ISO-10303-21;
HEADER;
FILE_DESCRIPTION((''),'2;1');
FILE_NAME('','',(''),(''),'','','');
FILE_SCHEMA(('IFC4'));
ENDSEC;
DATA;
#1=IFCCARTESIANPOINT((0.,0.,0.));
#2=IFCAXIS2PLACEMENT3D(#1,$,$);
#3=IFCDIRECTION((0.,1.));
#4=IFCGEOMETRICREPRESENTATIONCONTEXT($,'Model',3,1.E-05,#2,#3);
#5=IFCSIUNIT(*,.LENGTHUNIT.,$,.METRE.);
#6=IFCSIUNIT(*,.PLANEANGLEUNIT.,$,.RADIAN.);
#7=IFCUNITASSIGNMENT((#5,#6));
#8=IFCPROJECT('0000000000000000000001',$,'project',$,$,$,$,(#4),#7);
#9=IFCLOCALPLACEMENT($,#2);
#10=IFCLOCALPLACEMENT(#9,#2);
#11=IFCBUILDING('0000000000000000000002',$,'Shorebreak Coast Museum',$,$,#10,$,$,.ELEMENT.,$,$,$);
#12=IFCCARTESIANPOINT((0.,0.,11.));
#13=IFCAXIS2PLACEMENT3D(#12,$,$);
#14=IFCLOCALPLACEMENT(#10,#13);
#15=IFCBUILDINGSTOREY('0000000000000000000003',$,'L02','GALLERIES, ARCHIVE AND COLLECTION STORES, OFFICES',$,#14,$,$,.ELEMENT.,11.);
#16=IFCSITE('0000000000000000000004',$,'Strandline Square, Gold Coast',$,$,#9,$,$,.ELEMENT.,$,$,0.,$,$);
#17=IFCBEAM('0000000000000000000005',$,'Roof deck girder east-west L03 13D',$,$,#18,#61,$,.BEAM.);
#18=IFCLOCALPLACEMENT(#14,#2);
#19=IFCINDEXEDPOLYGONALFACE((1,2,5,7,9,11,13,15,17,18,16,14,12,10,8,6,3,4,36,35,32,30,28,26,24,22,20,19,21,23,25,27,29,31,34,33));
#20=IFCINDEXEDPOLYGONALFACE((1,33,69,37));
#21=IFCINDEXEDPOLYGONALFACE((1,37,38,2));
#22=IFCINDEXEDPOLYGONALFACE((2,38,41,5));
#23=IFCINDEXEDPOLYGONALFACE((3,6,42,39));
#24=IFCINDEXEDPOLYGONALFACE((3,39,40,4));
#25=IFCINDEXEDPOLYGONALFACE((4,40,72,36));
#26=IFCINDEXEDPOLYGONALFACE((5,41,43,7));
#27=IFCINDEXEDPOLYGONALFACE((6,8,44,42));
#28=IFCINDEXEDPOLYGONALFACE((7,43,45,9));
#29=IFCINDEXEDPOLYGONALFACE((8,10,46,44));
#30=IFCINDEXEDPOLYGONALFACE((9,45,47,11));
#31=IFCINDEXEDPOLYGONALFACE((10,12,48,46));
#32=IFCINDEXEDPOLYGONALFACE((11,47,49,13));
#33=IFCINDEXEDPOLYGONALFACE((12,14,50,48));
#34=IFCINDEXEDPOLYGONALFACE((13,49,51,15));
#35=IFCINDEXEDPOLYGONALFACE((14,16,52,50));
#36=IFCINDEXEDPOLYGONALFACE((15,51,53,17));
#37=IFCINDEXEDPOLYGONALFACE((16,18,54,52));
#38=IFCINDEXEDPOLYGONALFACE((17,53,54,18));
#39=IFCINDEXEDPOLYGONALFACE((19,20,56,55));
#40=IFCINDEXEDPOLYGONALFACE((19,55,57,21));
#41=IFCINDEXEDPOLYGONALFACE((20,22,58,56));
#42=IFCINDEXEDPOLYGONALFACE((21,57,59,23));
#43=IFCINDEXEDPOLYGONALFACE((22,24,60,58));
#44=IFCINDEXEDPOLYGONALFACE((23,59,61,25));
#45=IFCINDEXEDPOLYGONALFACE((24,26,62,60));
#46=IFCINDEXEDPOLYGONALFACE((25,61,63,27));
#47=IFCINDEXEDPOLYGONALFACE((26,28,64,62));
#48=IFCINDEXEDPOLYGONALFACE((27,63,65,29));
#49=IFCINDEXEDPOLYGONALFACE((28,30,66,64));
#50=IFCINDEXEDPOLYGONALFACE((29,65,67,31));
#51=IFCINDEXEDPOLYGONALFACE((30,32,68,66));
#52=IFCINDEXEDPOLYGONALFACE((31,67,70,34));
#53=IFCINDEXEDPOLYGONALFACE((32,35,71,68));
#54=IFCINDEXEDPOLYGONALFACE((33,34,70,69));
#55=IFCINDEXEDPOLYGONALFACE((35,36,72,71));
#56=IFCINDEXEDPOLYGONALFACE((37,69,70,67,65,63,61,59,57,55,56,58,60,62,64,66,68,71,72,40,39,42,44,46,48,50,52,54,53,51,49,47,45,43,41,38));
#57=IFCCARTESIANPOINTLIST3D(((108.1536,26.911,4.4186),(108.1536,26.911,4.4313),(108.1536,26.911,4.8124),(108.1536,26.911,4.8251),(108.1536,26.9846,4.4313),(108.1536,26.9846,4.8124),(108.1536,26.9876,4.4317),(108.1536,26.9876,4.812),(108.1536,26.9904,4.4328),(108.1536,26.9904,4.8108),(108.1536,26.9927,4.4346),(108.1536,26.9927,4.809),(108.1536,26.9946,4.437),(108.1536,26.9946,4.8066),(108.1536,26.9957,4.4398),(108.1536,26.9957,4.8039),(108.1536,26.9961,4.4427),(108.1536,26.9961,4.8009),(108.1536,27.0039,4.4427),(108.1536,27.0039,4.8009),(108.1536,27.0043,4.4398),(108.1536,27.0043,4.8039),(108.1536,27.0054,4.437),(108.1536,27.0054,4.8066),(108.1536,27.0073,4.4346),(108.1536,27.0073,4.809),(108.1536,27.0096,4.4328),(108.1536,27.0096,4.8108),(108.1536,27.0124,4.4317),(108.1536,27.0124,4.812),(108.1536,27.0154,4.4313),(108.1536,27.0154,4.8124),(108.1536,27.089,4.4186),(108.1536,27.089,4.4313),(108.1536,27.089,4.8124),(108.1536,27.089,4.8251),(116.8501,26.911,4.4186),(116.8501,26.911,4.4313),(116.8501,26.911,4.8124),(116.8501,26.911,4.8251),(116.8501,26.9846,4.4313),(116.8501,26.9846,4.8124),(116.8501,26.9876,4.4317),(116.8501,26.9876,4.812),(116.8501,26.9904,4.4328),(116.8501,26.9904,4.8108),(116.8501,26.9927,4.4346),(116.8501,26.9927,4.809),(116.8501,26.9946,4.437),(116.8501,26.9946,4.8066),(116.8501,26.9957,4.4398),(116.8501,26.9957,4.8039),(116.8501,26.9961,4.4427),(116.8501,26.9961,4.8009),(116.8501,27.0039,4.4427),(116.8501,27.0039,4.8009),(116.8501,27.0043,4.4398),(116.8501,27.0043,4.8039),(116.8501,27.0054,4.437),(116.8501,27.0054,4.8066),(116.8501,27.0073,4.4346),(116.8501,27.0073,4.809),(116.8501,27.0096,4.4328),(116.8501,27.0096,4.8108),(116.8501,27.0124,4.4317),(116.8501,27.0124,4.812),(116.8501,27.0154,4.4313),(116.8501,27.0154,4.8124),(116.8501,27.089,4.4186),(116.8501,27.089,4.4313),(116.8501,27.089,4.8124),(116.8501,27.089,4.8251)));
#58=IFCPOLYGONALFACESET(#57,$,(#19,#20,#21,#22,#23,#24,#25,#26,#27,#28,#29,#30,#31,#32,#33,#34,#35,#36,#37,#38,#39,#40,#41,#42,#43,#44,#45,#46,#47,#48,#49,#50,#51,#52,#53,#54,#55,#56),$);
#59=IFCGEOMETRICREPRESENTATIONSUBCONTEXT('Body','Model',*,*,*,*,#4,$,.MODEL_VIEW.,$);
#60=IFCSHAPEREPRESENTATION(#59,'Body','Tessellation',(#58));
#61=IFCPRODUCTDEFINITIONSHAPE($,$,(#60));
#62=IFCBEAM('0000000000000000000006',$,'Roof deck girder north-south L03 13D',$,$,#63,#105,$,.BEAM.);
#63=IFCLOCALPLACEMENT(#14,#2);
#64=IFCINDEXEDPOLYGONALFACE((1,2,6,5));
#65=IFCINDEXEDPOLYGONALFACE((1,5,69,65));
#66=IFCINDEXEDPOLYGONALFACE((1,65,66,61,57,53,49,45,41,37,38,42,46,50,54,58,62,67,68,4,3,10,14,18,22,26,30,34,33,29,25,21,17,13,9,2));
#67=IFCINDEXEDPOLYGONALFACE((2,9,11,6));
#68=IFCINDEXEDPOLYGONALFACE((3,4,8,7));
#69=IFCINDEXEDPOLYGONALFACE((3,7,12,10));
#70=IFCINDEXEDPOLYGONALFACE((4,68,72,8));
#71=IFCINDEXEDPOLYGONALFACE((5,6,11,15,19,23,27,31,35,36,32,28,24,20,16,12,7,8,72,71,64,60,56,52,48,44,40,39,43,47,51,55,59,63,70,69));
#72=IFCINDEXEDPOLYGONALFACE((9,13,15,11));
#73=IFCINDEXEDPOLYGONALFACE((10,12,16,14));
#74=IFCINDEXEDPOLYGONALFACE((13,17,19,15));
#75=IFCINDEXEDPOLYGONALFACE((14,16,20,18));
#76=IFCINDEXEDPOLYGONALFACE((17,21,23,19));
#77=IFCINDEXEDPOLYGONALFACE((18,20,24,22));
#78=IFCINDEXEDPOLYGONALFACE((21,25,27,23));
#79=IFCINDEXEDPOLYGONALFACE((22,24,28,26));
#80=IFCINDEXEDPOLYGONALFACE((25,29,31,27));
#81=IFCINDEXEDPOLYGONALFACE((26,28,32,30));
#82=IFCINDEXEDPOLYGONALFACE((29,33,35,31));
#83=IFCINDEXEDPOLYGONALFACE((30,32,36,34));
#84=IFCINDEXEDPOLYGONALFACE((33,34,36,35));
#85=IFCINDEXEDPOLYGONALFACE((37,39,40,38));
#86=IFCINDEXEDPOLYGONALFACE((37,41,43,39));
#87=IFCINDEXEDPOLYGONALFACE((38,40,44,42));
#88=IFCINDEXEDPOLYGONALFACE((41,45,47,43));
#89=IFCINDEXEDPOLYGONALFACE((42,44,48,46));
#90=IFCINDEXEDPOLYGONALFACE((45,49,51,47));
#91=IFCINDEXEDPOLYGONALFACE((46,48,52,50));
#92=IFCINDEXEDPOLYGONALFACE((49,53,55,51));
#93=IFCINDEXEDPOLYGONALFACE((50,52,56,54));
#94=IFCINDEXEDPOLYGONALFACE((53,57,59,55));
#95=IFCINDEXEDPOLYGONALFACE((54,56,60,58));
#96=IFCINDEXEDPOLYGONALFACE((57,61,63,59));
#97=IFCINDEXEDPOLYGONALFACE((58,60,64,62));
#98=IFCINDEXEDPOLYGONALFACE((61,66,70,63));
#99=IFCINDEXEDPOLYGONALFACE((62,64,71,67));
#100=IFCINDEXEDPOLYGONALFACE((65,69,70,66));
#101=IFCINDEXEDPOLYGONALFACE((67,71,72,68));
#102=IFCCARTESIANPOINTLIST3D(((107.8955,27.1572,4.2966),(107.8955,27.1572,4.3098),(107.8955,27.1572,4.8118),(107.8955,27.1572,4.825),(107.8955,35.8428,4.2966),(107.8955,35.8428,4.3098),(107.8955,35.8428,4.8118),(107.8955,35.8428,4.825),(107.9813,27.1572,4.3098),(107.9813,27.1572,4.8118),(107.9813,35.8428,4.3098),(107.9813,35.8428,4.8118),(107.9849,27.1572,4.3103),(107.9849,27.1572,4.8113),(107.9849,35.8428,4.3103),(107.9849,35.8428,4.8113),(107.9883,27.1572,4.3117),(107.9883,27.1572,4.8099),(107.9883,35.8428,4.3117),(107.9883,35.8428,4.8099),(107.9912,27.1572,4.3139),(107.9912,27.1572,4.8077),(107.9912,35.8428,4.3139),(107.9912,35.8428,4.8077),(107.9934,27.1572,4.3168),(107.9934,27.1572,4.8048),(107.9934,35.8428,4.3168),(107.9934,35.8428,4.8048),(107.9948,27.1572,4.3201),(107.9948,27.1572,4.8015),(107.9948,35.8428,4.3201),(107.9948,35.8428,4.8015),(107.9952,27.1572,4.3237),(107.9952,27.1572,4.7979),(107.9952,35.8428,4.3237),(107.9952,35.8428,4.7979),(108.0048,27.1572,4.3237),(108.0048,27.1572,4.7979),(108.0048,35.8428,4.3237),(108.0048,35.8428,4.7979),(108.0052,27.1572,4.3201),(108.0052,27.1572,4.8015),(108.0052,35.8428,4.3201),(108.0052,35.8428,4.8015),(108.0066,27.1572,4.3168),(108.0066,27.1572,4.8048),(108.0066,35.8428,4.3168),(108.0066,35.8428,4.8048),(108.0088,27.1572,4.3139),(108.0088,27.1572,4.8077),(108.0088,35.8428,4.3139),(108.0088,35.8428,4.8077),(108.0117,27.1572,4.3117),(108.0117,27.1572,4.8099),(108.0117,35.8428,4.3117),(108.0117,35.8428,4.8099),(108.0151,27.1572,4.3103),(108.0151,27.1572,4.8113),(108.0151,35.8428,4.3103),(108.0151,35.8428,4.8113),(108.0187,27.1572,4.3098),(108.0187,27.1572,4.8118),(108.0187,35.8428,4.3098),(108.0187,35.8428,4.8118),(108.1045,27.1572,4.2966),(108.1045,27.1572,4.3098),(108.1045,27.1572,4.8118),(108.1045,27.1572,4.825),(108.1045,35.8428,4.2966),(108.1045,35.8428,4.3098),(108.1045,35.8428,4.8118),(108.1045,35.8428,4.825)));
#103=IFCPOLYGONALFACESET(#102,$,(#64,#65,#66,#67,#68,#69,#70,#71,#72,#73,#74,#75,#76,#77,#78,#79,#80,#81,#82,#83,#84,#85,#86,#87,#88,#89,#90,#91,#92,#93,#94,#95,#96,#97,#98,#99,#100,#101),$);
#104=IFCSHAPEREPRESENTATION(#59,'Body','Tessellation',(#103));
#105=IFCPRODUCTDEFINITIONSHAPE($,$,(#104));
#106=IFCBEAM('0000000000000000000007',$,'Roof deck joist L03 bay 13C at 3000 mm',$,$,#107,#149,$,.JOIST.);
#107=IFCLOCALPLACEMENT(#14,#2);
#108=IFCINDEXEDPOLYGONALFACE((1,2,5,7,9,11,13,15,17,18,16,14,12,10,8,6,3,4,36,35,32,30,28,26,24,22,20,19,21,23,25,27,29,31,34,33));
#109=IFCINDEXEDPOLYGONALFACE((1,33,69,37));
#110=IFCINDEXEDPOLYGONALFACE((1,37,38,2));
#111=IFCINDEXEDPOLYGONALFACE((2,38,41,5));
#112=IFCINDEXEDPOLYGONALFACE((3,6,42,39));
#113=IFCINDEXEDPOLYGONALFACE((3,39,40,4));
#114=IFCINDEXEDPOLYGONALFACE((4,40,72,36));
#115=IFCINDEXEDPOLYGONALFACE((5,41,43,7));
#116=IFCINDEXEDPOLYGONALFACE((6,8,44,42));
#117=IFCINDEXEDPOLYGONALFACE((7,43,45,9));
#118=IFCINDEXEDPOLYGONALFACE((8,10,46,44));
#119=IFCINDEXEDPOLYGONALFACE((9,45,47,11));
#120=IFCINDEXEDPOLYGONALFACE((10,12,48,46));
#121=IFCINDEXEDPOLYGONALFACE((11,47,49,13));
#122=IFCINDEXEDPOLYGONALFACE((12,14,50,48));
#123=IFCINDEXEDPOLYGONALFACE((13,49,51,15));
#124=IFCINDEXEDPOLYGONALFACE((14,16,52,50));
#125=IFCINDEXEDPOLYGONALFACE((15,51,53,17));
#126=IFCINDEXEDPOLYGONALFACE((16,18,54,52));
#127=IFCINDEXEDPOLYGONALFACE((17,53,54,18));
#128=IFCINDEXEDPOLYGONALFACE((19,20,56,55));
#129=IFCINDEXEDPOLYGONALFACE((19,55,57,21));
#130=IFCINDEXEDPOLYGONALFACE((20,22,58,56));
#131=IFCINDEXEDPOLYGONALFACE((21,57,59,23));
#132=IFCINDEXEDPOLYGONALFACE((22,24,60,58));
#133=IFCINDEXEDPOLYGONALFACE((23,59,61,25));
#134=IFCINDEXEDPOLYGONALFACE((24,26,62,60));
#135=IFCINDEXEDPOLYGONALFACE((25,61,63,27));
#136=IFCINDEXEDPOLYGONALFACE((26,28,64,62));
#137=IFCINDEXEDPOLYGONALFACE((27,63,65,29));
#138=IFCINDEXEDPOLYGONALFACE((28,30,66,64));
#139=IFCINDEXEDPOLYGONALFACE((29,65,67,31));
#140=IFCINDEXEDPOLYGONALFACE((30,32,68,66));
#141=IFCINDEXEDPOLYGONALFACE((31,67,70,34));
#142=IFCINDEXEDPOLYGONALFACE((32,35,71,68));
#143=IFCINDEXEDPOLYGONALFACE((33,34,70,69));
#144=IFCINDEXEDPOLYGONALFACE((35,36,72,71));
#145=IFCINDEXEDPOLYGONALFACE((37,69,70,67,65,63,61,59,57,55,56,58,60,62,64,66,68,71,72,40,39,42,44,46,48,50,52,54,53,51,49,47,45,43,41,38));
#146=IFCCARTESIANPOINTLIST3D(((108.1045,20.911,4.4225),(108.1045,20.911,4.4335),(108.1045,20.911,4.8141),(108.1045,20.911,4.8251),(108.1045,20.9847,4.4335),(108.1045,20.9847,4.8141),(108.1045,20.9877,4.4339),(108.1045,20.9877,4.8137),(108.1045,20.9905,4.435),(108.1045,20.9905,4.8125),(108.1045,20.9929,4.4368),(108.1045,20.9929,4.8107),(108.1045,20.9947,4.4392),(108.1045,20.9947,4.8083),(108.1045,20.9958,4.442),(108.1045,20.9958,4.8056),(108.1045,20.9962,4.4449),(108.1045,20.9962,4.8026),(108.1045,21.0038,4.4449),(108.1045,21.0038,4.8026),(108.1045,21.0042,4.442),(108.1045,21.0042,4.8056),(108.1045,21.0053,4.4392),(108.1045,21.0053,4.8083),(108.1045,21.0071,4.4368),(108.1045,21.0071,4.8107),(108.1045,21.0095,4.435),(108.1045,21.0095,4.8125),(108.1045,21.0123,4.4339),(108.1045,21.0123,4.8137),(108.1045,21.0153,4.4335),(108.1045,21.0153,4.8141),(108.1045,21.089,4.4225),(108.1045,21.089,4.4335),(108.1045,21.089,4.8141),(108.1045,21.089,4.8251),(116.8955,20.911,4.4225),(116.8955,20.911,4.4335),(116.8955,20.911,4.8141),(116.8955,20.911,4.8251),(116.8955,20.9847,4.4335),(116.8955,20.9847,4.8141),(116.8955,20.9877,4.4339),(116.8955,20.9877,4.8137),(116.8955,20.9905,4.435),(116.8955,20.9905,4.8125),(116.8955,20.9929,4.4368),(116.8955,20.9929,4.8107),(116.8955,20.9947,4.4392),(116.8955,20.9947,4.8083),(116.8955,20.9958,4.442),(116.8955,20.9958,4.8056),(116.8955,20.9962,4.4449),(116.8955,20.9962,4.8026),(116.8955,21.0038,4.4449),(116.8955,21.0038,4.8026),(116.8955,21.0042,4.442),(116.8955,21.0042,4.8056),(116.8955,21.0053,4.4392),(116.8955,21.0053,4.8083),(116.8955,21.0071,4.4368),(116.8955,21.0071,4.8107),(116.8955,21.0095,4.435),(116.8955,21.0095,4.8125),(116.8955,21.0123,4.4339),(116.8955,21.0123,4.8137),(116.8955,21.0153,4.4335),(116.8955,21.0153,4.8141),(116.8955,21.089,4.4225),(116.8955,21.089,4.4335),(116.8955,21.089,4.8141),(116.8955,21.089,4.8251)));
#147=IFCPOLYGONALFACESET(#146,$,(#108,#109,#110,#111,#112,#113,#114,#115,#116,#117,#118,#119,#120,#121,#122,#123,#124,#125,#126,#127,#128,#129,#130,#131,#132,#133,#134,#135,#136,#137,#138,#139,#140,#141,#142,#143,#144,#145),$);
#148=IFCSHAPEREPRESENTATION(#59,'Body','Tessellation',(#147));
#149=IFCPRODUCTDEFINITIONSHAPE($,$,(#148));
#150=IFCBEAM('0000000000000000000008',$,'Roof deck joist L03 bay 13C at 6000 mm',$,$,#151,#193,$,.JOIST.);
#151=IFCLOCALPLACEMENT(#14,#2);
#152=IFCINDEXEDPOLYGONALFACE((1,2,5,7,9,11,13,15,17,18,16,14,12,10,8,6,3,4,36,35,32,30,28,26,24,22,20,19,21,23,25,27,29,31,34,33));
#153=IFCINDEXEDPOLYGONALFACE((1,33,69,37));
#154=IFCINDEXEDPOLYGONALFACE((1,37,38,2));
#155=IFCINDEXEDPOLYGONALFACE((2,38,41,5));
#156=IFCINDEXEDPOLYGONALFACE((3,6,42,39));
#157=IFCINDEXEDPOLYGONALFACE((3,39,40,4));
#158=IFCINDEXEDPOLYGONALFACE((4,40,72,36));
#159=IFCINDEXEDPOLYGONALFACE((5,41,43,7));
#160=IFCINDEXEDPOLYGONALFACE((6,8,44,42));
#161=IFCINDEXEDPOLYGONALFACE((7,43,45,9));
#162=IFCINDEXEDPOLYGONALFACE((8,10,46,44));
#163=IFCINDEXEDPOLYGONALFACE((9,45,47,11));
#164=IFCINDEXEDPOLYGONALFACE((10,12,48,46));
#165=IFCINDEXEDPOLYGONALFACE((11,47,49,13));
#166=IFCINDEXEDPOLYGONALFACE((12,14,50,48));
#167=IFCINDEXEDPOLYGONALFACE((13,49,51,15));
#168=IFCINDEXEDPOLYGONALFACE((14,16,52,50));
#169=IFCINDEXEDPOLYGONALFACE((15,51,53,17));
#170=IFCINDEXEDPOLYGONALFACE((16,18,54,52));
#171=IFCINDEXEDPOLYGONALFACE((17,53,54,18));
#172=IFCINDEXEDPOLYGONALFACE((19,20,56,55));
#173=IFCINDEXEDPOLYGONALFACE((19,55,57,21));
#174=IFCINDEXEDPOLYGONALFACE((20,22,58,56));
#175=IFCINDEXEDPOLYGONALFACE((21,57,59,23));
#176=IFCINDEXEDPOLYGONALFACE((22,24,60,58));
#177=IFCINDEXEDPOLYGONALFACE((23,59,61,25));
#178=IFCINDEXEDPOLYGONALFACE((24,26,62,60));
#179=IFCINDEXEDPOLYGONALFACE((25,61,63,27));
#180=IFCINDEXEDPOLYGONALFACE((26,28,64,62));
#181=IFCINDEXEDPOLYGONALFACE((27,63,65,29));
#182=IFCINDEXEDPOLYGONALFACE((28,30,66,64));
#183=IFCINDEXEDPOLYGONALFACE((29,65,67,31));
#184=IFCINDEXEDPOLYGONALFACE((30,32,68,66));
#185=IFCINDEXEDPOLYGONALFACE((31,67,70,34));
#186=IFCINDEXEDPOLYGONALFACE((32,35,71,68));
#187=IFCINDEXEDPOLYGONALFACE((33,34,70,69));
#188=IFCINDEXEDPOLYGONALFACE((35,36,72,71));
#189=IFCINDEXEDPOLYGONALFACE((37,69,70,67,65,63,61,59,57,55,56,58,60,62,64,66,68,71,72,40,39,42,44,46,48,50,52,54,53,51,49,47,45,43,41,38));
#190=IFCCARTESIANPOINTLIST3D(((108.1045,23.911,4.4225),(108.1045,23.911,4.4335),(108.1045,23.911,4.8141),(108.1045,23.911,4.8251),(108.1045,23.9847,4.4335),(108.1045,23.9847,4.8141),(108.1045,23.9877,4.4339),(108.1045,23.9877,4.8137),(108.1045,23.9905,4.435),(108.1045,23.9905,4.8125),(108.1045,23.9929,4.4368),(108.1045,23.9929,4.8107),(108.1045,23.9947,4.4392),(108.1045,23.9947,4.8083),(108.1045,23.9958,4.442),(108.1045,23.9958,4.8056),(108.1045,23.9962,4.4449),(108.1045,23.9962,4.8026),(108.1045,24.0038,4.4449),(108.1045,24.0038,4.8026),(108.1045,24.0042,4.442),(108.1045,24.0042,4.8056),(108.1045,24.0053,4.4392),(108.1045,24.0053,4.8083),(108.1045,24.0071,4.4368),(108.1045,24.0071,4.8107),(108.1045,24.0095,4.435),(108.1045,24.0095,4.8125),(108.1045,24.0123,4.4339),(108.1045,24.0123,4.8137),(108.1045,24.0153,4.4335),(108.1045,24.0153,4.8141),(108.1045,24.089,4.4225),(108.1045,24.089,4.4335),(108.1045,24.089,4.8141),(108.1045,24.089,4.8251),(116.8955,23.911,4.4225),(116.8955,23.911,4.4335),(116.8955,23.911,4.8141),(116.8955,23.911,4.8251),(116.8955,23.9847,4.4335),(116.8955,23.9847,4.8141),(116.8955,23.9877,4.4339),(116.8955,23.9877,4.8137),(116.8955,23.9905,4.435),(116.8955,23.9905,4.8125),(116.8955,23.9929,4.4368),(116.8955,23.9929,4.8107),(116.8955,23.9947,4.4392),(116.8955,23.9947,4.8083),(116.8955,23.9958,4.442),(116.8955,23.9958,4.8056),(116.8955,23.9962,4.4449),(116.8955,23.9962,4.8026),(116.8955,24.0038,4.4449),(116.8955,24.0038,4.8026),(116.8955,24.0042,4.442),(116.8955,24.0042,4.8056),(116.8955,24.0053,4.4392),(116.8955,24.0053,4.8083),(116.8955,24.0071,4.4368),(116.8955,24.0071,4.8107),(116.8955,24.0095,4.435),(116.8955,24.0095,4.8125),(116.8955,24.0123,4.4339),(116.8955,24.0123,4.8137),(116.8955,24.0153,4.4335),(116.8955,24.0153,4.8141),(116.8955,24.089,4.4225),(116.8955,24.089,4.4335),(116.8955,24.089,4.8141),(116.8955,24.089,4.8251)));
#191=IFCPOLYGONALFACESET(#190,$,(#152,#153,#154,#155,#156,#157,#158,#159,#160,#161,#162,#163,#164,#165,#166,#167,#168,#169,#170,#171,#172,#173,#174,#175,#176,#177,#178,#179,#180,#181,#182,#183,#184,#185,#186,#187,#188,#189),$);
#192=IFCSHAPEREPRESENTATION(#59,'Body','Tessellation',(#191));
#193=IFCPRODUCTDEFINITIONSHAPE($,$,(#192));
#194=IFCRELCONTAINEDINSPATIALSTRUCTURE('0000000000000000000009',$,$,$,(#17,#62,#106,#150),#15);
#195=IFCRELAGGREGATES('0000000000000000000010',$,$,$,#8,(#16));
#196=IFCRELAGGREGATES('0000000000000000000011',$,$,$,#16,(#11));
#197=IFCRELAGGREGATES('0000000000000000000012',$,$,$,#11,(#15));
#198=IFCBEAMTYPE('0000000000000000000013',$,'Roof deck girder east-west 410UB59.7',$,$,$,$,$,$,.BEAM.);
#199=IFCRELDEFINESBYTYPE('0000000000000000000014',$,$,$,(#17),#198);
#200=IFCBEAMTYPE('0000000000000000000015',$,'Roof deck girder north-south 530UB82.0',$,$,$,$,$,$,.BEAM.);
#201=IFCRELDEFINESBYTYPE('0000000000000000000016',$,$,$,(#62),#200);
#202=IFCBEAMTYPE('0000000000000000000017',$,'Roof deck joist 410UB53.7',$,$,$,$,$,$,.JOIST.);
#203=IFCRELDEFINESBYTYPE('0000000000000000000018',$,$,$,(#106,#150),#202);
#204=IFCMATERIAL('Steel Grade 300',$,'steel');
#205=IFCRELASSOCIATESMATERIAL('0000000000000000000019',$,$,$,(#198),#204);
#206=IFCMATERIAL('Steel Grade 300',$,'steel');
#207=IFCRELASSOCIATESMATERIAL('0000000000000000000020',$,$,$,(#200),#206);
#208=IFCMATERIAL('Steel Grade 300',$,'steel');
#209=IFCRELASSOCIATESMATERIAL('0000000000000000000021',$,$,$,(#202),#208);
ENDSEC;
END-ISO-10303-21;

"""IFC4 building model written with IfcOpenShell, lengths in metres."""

from ifc_helpers import new_model, si_unit, direction, frame, origin, origin_2d, place, context, subcontext, project, spatial, i_section, extrude, material, material_profile, profile_set, type_object, element, save


model = new_model("IFC4")

# Units and contexts
model_context = context("Model", 3, precision=1e-05, world=origin(), true_north=direction((0.0, 1.0)))
body_context = subcontext(model_context, "Body", "Model", "MODEL_VIEW")
ifc_project = project(units=[si_unit("LENGTHUNIT", "METRE"), si_unit("PLANEANGLEUNIT", "RADIAN")], contexts=[model_context])

# Site, building, storey
site_placement = place(None, origin())
site = spatial("IfcSite", under=ifc_project, at=site_placement, Name="Strandline Square, Gold Coast", CompositionType="ELEMENT", RefElevation=0.0)
building_placement = place(site_placement, origin())
building = spatial("IfcBuilding", under=site, at=building_placement, Name="Shorebreak Coast Museum", CompositionType="ELEMENT")
storey_placement = place(building_placement, frame((0.0, 0.0, 11.0)))
storey = spatial("IfcBuildingStorey", under=building, at=storey_placement, Name="L02", Description="GALLERIES, ARCHIVE AND COLLECTION STORES, OFFICES", CompositionType="ELEMENT", Elevation=11.0)

# Beams
ifc_material_1 = material(Name="Steel Grade 300", Category="steel")
ifc_material_profile_1 = material_profile(ifc_material_1, i_section(OverallWidth=0.178, OverallDepth=0.4065, WebThickness=0.0078, FlangeThickness=0.0127, FilletRadius=0.0115, at=origin_2d()), Name="410UB59.7")
ifc_profile_set_1 = profile_set([ifc_material_profile_1], Name="Steel Grade 300")
beam_type_1 = type_object("IfcBeamType", Name="Roof deck girder east-west 410UB59.7", PredefinedType="BEAM", material=ifc_profile_set_1)
beam_1_placement = place(storey_placement, frame((108.1536, 27.0, 4.6218), z_axis=(1.0, 0.0, 0.0), x_axis=(0.0, 1.0, 0.0)))
element("IfcBeam", 1, at=beam_1_placement, inside=storey, type_object=beam_type_1, Name="Roof deck girder east-west L03 13D", PredefinedType="BEAM", context=body_context, shape_type="SweptSolid", body=[
    extrude(i_section(OverallWidth=0.178, OverallDepth=0.4065, WebThickness=0.0078, FlangeThickness=0.0127, FilletRadius=0.0115, at=origin_2d()), origin(), (0.0, 0.0, 1.0), 8.6965),
])
ifc_material_2 = material(Name="Steel Grade 300", Category="steel")
ifc_material_profile_2 = material_profile(ifc_material_2, i_section(OverallWidth=0.209, OverallDepth=0.5283, WebThickness=0.0095, FlangeThickness=0.0132, FilletRadius=0.0139, at=origin_2d()), Name="530UB82.0")
ifc_profile_set_2 = profile_set([ifc_material_profile_2], Name="Steel Grade 300")
beam_type_2 = type_object("IfcBeamType", Name="Roof deck girder north-south 530UB82.0", PredefinedType="BEAM", material=ifc_profile_set_2)
beam_2_placement = place(storey_placement, frame((108.0, 27.1572, 4.5608), z_axis=(0.0, 1.0, 0.0), x_axis=(-1.0, 0.0, 0.0)))
element("IfcBeam", 2, at=beam_2_placement, inside=storey, type_object=beam_type_2, Name="Roof deck girder north-south L03 13D", PredefinedType="BEAM", context=body_context, shape_type="SweptSolid", body=[
    extrude(i_section(OverallWidth=0.209, OverallDepth=0.5283, WebThickness=0.0095, FlangeThickness=0.0132, FilletRadius=0.0139, at=origin_2d()), origin(), (0.0, 0.0, 1.0), 8.6855),
])
ifc_material_3 = material(Name="Steel Grade 300", Category="steel")
ifc_material_profile_3 = material_profile(ifc_material_3, i_section(OverallWidth=0.178, OverallDepth=0.4026, WebThickness=0.0076, FlangeThickness=0.011, FilletRadius=0.0115, at=origin_2d()), Name="410UB53.7")
ifc_profile_set_3 = profile_set([ifc_material_profile_3], Name="Steel Grade 300")
beam_type_3 = type_object("IfcBeamType", Name="Roof deck joist 410UB53.7", PredefinedType="JOIST", material=ifc_profile_set_3)
for number, where, z_axis, x_axis, name in (
    (3, (108.1045, 21.0, 4.6238), (1.0, 0.0, 0.0), (0.0, 1.0, 0.0), "Roof deck joist L03 bay 13C at 3000 mm"),
    (4, (108.1045, 24.0, 4.6238), (1.0, 0.0, 0.0), (0.0, 1.0, 0.0), "Roof deck joist L03 bay 13C at 6000 mm"),
):
    element("IfcBeam", number, at=place(storey_placement, frame(where, z_axis=z_axis, x_axis=x_axis)), inside=storey, type_object=beam_type_3, Name=name, PredefinedType="JOIST", context=body_context, shape_type="SweptSolid", body=[
        extrude(i_section(OverallWidth=0.178, OverallDepth=0.4026, WebThickness=0.0076, FlangeThickness=0.011, FilletRadius=0.0115, at=origin_2d()), origin(), (0.0, 0.0, 1.0), 8.791),
    ])

save(model, "model.ifc")
